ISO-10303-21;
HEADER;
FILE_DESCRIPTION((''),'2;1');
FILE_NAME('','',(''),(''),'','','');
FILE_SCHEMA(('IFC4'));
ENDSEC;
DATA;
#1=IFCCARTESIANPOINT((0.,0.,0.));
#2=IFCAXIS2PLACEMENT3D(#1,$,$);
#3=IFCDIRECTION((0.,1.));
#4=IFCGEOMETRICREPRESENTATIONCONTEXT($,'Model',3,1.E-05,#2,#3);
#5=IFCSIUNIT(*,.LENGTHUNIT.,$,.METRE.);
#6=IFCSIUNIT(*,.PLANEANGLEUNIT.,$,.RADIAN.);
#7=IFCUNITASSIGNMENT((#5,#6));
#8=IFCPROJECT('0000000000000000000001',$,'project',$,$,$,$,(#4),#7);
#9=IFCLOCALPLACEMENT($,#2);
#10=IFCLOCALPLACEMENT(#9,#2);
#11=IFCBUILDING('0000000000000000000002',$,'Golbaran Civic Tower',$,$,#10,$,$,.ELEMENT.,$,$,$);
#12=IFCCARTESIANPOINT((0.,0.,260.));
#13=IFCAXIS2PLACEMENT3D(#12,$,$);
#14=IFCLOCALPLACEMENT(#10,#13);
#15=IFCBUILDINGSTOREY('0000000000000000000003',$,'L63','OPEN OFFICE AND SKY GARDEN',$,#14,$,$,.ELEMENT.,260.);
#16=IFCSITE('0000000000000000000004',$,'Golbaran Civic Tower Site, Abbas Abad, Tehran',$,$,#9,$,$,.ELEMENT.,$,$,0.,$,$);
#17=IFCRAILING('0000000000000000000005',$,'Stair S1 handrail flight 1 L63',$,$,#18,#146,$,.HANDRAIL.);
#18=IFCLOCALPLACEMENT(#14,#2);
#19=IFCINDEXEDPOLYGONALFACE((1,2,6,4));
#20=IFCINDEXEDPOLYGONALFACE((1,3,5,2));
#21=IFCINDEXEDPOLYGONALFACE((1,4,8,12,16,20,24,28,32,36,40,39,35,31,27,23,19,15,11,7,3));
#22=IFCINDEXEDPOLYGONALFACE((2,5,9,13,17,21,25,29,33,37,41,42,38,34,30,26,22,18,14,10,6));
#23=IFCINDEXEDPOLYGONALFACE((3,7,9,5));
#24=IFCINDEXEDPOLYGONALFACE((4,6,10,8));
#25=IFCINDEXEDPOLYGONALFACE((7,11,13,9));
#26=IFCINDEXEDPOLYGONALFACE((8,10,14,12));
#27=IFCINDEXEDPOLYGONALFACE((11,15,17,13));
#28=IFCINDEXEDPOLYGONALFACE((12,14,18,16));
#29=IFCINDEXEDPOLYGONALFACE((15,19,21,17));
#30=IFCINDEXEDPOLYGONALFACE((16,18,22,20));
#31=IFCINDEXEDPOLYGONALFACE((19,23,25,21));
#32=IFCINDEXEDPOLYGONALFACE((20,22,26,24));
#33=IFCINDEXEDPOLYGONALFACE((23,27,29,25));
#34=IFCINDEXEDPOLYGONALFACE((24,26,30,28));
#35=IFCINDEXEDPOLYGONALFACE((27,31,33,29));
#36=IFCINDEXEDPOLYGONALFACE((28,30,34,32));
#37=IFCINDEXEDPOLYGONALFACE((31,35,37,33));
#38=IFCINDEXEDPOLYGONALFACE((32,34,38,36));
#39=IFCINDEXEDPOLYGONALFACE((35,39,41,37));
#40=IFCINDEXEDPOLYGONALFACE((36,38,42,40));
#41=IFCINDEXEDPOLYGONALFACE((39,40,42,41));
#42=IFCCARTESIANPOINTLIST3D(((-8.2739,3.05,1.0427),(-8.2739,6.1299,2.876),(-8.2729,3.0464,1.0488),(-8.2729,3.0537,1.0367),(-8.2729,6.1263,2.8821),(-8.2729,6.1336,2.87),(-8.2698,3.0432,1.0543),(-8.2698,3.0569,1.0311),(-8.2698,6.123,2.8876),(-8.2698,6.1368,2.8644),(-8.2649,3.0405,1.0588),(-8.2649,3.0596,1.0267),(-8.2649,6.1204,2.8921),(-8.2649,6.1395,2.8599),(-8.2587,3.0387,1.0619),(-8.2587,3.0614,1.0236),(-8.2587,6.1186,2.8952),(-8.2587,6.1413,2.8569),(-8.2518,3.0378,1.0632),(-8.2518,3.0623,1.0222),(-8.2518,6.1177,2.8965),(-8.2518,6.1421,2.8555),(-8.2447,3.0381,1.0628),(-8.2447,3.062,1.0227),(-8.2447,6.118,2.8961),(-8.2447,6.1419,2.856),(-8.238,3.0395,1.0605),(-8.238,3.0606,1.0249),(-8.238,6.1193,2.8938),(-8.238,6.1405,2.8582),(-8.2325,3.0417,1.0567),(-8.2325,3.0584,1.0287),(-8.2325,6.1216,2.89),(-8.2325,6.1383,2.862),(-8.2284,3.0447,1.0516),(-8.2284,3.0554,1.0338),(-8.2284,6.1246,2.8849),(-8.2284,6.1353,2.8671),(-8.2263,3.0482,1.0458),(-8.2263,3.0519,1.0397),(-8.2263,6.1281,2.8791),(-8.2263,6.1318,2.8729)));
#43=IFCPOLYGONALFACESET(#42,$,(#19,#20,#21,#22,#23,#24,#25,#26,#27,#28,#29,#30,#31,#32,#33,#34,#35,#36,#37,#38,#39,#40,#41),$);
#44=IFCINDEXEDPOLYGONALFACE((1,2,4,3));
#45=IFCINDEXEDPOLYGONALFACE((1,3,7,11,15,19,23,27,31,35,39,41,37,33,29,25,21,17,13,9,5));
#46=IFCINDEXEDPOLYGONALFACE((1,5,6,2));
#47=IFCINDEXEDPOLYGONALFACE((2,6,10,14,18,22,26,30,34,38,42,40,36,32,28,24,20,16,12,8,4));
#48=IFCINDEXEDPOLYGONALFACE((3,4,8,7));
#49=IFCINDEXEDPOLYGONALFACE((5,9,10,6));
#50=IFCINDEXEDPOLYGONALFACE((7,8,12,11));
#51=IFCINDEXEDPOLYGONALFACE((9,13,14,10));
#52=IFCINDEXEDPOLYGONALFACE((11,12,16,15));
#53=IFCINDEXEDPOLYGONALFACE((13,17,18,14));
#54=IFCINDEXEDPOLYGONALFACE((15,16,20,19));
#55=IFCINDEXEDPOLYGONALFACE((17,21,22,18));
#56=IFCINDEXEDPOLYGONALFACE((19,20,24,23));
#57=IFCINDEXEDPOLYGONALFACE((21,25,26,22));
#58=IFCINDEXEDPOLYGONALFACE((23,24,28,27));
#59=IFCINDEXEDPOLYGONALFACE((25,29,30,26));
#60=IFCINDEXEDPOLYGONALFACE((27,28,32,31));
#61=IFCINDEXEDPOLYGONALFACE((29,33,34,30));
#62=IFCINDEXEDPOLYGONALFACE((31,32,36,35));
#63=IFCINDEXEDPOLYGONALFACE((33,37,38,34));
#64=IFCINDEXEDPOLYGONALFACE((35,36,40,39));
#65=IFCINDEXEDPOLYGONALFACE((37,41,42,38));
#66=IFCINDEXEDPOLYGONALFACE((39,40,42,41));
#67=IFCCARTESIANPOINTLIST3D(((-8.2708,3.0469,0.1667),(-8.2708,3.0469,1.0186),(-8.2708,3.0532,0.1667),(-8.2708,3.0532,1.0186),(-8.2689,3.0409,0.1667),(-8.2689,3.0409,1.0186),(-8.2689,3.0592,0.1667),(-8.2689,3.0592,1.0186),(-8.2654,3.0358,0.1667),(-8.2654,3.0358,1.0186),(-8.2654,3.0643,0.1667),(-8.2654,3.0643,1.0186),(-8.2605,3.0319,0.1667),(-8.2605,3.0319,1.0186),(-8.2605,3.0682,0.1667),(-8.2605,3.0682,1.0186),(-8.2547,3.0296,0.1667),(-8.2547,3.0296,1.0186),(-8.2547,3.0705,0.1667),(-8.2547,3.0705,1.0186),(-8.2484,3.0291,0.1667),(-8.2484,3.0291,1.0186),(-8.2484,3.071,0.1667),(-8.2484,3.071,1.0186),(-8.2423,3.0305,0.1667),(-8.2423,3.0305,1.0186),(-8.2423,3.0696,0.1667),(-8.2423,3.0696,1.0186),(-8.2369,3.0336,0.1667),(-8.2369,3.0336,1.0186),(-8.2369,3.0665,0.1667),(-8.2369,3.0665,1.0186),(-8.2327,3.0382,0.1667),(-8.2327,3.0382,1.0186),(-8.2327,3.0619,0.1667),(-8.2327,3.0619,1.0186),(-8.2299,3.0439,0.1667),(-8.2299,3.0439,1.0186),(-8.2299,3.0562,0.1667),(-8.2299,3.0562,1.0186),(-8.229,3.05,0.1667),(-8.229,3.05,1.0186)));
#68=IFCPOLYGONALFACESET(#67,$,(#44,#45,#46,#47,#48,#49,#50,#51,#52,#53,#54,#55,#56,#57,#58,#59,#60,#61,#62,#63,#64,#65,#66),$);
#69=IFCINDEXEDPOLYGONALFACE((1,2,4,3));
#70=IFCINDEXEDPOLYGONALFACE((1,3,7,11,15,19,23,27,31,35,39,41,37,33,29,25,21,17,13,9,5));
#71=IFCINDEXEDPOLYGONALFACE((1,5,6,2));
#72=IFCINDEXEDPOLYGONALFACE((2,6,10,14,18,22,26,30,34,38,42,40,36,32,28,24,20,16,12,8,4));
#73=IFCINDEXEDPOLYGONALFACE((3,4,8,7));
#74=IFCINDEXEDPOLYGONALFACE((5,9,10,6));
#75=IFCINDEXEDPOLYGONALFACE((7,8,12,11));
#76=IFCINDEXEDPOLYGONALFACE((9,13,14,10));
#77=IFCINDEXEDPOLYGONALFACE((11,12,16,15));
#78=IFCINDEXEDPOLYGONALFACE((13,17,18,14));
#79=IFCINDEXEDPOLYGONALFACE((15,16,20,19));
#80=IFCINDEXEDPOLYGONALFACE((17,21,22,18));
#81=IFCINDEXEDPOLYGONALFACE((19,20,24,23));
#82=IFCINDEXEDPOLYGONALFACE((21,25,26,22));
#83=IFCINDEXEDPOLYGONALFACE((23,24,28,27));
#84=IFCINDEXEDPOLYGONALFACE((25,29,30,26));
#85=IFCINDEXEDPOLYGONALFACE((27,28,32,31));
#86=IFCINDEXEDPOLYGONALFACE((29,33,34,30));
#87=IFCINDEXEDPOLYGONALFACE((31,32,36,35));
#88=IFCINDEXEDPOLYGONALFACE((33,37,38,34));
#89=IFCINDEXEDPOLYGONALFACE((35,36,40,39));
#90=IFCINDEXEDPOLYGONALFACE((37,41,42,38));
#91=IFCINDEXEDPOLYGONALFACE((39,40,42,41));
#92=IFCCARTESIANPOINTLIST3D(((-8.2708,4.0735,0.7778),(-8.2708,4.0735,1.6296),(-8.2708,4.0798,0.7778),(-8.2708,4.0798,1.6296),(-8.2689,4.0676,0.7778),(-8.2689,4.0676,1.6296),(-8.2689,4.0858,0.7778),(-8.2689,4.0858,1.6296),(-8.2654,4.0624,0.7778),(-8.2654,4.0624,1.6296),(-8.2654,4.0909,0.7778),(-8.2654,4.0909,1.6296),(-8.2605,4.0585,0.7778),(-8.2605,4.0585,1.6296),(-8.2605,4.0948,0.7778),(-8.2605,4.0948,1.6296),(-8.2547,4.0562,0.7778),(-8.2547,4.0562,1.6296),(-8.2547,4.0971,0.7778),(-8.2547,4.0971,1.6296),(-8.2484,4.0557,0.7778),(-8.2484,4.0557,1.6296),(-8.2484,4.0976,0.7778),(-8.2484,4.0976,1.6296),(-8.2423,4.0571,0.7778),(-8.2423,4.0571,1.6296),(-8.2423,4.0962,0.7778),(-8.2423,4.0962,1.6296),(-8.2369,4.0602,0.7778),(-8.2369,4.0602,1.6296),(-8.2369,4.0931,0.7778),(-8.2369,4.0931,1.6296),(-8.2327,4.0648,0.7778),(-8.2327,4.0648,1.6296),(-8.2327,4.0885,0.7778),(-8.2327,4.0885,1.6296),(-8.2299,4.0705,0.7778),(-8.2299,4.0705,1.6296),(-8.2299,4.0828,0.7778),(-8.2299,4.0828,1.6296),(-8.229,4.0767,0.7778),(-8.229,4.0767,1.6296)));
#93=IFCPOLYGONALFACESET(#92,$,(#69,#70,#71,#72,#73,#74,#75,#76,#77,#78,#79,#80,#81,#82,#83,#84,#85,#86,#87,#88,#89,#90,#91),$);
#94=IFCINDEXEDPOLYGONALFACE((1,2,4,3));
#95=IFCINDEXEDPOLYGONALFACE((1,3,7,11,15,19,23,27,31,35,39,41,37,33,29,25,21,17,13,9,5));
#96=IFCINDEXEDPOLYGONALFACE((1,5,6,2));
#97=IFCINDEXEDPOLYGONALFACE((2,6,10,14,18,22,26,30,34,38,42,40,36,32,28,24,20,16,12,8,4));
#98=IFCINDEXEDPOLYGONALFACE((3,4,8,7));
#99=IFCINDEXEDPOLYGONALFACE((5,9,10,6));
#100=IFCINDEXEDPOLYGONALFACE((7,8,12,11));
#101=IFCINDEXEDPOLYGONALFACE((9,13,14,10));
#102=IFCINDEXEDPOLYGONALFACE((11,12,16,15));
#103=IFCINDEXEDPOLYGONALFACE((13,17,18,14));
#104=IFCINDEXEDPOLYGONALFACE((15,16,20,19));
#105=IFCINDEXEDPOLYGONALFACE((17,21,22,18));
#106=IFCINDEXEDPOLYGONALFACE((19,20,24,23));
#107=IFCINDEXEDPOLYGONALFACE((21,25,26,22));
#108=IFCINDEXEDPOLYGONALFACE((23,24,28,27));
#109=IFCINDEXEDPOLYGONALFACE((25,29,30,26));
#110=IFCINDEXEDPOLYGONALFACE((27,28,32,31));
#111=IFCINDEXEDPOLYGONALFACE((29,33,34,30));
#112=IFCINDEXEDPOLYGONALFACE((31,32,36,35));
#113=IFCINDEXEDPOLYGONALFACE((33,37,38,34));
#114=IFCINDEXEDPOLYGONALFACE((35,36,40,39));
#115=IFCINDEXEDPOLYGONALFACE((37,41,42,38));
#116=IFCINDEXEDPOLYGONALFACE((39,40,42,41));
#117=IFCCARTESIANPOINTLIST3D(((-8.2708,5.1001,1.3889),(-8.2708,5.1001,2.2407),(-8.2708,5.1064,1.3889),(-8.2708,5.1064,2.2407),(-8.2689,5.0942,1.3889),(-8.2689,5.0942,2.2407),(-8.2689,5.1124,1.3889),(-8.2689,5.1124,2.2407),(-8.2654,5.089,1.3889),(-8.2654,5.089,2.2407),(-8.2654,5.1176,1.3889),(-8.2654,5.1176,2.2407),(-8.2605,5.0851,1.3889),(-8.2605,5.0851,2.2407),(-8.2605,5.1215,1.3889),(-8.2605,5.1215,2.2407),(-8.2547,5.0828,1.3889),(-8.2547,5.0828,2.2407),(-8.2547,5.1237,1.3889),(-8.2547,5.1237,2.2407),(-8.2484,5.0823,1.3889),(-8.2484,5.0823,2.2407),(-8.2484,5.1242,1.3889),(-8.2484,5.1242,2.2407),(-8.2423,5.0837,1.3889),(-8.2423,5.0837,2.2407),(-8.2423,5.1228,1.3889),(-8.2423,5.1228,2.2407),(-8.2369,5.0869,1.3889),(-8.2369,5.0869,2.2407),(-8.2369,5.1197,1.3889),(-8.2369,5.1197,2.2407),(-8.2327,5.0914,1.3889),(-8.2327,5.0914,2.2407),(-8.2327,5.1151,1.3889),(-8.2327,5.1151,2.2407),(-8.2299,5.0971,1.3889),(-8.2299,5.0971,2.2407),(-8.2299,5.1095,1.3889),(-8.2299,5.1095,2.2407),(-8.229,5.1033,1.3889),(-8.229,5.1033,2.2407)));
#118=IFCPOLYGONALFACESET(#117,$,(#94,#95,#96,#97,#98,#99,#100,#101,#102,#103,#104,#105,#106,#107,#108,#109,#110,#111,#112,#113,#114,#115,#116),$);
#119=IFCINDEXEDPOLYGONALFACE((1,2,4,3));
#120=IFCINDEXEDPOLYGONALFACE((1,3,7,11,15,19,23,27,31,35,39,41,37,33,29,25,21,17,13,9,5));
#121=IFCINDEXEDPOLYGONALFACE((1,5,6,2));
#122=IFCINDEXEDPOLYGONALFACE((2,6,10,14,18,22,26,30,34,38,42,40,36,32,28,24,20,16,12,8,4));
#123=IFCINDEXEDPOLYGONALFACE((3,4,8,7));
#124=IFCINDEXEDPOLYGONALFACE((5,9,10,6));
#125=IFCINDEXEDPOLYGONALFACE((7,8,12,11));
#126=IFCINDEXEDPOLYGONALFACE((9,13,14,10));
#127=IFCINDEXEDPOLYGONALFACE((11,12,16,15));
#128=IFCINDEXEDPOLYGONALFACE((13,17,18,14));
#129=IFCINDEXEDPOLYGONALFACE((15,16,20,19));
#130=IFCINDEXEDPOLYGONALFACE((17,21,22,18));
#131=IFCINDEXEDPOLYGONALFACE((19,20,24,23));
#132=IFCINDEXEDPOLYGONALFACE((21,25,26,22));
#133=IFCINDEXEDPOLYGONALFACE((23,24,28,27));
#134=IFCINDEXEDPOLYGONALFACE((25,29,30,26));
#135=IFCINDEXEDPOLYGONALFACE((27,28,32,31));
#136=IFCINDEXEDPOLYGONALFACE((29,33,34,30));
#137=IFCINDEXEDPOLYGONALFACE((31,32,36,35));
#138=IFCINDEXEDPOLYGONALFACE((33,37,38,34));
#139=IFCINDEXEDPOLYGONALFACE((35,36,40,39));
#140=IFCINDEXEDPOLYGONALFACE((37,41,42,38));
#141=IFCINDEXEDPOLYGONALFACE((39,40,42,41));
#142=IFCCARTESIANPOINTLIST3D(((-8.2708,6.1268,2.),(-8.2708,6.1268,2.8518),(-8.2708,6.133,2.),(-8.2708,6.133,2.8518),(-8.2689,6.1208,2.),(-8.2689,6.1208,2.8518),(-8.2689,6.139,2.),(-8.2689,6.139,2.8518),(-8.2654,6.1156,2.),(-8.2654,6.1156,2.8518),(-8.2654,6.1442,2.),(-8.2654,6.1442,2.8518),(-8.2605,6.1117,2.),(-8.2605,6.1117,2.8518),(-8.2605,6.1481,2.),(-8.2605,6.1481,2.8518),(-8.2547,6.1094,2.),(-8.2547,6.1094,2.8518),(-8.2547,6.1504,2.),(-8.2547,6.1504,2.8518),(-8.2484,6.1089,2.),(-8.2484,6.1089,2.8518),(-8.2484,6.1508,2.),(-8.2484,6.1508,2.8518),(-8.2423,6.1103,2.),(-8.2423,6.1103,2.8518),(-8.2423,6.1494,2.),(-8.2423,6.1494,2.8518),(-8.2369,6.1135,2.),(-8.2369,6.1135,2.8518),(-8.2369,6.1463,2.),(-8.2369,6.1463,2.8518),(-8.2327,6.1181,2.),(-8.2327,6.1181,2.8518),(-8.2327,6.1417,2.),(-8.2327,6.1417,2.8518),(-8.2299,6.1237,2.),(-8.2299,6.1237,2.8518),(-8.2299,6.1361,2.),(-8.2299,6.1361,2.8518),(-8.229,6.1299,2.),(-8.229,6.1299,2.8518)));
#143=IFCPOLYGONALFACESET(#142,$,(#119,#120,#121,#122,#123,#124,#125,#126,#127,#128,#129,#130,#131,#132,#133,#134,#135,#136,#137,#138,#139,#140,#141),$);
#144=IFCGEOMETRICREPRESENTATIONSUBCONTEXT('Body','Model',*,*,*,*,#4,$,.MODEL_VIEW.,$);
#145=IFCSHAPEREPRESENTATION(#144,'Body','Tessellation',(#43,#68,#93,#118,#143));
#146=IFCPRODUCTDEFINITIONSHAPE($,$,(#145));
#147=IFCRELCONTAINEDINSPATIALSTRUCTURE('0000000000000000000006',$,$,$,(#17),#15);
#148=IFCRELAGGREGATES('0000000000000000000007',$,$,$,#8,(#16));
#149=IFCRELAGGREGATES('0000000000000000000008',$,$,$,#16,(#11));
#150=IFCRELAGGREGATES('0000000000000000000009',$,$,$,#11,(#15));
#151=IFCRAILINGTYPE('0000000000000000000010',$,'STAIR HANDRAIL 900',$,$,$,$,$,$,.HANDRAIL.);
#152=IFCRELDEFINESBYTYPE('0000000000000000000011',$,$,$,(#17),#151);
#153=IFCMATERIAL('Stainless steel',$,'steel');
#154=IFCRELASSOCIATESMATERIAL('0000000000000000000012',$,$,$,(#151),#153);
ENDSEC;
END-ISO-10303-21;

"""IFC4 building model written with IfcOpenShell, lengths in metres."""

from ifc_helpers import new_model, si_unit, direction, frame, origin, origin_2d, place, context, subcontext, project, spatial, circle, extrude, material, type_object, element, save


model = new_model("IFC4")

# Units and contexts
model_context = context("Model", 3, precision=1e-05, world=origin(), true_north=direction((0.0, 1.0)))
body_context = subcontext(model_context, "Body", "Model", "MODEL_VIEW")
ifc_project = project(units=[si_unit("LENGTHUNIT", "METRE"), si_unit("PLANEANGLEUNIT", "RADIAN")], contexts=[model_context])

# Site, building, storey
site_placement = place(None, origin())
site = spatial("IfcSite", under=ifc_project, at=site_placement, Name="Golbaran Civic Tower Site, Abbas Abad, Tehran", CompositionType="ELEMENT", RefElevation=0.0)
building_placement = place(site_placement, origin())
building = spatial("IfcBuilding", under=site, at=building_placement, Name="Golbaran Civic Tower", CompositionType="ELEMENT")
storey_placement = place(building_placement, frame((0.0, 0.0, 260.0)))
storey = spatial("IfcBuildingStorey", under=building, at=storey_placement, Name="L63", Description="OPEN OFFICE AND SKY GARDEN", CompositionType="ELEMENT", Elevation=260.0)

# Shared definitions
ifc_material_1 = material(Name="Stainless steel", Category="steel")

# Railing
railing_type = type_object("IfcRailingType", Name="STAIR HANDRAIL 900", PredefinedType="HANDRAIL", material=ifc_material_1)
railing_1_placement = place(storey_placement, frame((-8.25, 3.05, 0.1667)))
element("IfcRailing", 1, at=railing_1_placement, inside=storey, type_object=railing_type, Name="Stair S1 handrail flight 1 L63", PredefinedType="HANDRAIL", context=body_context, shape_type="SweptSolid", body=[
    extrude(circle(Radius=0.0239, at=origin_2d()), frame((0.0, 0.0, 0.876), z_axis=(0.0, 0.859291, 0.511487), x_axis=(-1.0, 0.0, 0.0)), (0.0, 0.0, 1.0), 3.5842),
    extrude(circle(Radius=0.021, at=origin_2d()), origin(), (0.0, 0.0, 1.0), 0.8518),
    extrude(circle(Radius=0.021, at=origin_2d()), frame((0.0, 1.0266, 0.6111)), (0.0, 0.0, 1.0), 0.8518),
    extrude(circle(Radius=0.021, at=origin_2d()), frame((0.0, 2.0532, 1.2222)), (0.0, 0.0, 1.0), 0.8518),
    extrude(circle(Radius=0.021, at=origin_2d()), frame((0.0, 3.0798, 1.8333)), (0.0, 0.0, 1.0), 0.8518),
])

save(model, "model.ifc")
